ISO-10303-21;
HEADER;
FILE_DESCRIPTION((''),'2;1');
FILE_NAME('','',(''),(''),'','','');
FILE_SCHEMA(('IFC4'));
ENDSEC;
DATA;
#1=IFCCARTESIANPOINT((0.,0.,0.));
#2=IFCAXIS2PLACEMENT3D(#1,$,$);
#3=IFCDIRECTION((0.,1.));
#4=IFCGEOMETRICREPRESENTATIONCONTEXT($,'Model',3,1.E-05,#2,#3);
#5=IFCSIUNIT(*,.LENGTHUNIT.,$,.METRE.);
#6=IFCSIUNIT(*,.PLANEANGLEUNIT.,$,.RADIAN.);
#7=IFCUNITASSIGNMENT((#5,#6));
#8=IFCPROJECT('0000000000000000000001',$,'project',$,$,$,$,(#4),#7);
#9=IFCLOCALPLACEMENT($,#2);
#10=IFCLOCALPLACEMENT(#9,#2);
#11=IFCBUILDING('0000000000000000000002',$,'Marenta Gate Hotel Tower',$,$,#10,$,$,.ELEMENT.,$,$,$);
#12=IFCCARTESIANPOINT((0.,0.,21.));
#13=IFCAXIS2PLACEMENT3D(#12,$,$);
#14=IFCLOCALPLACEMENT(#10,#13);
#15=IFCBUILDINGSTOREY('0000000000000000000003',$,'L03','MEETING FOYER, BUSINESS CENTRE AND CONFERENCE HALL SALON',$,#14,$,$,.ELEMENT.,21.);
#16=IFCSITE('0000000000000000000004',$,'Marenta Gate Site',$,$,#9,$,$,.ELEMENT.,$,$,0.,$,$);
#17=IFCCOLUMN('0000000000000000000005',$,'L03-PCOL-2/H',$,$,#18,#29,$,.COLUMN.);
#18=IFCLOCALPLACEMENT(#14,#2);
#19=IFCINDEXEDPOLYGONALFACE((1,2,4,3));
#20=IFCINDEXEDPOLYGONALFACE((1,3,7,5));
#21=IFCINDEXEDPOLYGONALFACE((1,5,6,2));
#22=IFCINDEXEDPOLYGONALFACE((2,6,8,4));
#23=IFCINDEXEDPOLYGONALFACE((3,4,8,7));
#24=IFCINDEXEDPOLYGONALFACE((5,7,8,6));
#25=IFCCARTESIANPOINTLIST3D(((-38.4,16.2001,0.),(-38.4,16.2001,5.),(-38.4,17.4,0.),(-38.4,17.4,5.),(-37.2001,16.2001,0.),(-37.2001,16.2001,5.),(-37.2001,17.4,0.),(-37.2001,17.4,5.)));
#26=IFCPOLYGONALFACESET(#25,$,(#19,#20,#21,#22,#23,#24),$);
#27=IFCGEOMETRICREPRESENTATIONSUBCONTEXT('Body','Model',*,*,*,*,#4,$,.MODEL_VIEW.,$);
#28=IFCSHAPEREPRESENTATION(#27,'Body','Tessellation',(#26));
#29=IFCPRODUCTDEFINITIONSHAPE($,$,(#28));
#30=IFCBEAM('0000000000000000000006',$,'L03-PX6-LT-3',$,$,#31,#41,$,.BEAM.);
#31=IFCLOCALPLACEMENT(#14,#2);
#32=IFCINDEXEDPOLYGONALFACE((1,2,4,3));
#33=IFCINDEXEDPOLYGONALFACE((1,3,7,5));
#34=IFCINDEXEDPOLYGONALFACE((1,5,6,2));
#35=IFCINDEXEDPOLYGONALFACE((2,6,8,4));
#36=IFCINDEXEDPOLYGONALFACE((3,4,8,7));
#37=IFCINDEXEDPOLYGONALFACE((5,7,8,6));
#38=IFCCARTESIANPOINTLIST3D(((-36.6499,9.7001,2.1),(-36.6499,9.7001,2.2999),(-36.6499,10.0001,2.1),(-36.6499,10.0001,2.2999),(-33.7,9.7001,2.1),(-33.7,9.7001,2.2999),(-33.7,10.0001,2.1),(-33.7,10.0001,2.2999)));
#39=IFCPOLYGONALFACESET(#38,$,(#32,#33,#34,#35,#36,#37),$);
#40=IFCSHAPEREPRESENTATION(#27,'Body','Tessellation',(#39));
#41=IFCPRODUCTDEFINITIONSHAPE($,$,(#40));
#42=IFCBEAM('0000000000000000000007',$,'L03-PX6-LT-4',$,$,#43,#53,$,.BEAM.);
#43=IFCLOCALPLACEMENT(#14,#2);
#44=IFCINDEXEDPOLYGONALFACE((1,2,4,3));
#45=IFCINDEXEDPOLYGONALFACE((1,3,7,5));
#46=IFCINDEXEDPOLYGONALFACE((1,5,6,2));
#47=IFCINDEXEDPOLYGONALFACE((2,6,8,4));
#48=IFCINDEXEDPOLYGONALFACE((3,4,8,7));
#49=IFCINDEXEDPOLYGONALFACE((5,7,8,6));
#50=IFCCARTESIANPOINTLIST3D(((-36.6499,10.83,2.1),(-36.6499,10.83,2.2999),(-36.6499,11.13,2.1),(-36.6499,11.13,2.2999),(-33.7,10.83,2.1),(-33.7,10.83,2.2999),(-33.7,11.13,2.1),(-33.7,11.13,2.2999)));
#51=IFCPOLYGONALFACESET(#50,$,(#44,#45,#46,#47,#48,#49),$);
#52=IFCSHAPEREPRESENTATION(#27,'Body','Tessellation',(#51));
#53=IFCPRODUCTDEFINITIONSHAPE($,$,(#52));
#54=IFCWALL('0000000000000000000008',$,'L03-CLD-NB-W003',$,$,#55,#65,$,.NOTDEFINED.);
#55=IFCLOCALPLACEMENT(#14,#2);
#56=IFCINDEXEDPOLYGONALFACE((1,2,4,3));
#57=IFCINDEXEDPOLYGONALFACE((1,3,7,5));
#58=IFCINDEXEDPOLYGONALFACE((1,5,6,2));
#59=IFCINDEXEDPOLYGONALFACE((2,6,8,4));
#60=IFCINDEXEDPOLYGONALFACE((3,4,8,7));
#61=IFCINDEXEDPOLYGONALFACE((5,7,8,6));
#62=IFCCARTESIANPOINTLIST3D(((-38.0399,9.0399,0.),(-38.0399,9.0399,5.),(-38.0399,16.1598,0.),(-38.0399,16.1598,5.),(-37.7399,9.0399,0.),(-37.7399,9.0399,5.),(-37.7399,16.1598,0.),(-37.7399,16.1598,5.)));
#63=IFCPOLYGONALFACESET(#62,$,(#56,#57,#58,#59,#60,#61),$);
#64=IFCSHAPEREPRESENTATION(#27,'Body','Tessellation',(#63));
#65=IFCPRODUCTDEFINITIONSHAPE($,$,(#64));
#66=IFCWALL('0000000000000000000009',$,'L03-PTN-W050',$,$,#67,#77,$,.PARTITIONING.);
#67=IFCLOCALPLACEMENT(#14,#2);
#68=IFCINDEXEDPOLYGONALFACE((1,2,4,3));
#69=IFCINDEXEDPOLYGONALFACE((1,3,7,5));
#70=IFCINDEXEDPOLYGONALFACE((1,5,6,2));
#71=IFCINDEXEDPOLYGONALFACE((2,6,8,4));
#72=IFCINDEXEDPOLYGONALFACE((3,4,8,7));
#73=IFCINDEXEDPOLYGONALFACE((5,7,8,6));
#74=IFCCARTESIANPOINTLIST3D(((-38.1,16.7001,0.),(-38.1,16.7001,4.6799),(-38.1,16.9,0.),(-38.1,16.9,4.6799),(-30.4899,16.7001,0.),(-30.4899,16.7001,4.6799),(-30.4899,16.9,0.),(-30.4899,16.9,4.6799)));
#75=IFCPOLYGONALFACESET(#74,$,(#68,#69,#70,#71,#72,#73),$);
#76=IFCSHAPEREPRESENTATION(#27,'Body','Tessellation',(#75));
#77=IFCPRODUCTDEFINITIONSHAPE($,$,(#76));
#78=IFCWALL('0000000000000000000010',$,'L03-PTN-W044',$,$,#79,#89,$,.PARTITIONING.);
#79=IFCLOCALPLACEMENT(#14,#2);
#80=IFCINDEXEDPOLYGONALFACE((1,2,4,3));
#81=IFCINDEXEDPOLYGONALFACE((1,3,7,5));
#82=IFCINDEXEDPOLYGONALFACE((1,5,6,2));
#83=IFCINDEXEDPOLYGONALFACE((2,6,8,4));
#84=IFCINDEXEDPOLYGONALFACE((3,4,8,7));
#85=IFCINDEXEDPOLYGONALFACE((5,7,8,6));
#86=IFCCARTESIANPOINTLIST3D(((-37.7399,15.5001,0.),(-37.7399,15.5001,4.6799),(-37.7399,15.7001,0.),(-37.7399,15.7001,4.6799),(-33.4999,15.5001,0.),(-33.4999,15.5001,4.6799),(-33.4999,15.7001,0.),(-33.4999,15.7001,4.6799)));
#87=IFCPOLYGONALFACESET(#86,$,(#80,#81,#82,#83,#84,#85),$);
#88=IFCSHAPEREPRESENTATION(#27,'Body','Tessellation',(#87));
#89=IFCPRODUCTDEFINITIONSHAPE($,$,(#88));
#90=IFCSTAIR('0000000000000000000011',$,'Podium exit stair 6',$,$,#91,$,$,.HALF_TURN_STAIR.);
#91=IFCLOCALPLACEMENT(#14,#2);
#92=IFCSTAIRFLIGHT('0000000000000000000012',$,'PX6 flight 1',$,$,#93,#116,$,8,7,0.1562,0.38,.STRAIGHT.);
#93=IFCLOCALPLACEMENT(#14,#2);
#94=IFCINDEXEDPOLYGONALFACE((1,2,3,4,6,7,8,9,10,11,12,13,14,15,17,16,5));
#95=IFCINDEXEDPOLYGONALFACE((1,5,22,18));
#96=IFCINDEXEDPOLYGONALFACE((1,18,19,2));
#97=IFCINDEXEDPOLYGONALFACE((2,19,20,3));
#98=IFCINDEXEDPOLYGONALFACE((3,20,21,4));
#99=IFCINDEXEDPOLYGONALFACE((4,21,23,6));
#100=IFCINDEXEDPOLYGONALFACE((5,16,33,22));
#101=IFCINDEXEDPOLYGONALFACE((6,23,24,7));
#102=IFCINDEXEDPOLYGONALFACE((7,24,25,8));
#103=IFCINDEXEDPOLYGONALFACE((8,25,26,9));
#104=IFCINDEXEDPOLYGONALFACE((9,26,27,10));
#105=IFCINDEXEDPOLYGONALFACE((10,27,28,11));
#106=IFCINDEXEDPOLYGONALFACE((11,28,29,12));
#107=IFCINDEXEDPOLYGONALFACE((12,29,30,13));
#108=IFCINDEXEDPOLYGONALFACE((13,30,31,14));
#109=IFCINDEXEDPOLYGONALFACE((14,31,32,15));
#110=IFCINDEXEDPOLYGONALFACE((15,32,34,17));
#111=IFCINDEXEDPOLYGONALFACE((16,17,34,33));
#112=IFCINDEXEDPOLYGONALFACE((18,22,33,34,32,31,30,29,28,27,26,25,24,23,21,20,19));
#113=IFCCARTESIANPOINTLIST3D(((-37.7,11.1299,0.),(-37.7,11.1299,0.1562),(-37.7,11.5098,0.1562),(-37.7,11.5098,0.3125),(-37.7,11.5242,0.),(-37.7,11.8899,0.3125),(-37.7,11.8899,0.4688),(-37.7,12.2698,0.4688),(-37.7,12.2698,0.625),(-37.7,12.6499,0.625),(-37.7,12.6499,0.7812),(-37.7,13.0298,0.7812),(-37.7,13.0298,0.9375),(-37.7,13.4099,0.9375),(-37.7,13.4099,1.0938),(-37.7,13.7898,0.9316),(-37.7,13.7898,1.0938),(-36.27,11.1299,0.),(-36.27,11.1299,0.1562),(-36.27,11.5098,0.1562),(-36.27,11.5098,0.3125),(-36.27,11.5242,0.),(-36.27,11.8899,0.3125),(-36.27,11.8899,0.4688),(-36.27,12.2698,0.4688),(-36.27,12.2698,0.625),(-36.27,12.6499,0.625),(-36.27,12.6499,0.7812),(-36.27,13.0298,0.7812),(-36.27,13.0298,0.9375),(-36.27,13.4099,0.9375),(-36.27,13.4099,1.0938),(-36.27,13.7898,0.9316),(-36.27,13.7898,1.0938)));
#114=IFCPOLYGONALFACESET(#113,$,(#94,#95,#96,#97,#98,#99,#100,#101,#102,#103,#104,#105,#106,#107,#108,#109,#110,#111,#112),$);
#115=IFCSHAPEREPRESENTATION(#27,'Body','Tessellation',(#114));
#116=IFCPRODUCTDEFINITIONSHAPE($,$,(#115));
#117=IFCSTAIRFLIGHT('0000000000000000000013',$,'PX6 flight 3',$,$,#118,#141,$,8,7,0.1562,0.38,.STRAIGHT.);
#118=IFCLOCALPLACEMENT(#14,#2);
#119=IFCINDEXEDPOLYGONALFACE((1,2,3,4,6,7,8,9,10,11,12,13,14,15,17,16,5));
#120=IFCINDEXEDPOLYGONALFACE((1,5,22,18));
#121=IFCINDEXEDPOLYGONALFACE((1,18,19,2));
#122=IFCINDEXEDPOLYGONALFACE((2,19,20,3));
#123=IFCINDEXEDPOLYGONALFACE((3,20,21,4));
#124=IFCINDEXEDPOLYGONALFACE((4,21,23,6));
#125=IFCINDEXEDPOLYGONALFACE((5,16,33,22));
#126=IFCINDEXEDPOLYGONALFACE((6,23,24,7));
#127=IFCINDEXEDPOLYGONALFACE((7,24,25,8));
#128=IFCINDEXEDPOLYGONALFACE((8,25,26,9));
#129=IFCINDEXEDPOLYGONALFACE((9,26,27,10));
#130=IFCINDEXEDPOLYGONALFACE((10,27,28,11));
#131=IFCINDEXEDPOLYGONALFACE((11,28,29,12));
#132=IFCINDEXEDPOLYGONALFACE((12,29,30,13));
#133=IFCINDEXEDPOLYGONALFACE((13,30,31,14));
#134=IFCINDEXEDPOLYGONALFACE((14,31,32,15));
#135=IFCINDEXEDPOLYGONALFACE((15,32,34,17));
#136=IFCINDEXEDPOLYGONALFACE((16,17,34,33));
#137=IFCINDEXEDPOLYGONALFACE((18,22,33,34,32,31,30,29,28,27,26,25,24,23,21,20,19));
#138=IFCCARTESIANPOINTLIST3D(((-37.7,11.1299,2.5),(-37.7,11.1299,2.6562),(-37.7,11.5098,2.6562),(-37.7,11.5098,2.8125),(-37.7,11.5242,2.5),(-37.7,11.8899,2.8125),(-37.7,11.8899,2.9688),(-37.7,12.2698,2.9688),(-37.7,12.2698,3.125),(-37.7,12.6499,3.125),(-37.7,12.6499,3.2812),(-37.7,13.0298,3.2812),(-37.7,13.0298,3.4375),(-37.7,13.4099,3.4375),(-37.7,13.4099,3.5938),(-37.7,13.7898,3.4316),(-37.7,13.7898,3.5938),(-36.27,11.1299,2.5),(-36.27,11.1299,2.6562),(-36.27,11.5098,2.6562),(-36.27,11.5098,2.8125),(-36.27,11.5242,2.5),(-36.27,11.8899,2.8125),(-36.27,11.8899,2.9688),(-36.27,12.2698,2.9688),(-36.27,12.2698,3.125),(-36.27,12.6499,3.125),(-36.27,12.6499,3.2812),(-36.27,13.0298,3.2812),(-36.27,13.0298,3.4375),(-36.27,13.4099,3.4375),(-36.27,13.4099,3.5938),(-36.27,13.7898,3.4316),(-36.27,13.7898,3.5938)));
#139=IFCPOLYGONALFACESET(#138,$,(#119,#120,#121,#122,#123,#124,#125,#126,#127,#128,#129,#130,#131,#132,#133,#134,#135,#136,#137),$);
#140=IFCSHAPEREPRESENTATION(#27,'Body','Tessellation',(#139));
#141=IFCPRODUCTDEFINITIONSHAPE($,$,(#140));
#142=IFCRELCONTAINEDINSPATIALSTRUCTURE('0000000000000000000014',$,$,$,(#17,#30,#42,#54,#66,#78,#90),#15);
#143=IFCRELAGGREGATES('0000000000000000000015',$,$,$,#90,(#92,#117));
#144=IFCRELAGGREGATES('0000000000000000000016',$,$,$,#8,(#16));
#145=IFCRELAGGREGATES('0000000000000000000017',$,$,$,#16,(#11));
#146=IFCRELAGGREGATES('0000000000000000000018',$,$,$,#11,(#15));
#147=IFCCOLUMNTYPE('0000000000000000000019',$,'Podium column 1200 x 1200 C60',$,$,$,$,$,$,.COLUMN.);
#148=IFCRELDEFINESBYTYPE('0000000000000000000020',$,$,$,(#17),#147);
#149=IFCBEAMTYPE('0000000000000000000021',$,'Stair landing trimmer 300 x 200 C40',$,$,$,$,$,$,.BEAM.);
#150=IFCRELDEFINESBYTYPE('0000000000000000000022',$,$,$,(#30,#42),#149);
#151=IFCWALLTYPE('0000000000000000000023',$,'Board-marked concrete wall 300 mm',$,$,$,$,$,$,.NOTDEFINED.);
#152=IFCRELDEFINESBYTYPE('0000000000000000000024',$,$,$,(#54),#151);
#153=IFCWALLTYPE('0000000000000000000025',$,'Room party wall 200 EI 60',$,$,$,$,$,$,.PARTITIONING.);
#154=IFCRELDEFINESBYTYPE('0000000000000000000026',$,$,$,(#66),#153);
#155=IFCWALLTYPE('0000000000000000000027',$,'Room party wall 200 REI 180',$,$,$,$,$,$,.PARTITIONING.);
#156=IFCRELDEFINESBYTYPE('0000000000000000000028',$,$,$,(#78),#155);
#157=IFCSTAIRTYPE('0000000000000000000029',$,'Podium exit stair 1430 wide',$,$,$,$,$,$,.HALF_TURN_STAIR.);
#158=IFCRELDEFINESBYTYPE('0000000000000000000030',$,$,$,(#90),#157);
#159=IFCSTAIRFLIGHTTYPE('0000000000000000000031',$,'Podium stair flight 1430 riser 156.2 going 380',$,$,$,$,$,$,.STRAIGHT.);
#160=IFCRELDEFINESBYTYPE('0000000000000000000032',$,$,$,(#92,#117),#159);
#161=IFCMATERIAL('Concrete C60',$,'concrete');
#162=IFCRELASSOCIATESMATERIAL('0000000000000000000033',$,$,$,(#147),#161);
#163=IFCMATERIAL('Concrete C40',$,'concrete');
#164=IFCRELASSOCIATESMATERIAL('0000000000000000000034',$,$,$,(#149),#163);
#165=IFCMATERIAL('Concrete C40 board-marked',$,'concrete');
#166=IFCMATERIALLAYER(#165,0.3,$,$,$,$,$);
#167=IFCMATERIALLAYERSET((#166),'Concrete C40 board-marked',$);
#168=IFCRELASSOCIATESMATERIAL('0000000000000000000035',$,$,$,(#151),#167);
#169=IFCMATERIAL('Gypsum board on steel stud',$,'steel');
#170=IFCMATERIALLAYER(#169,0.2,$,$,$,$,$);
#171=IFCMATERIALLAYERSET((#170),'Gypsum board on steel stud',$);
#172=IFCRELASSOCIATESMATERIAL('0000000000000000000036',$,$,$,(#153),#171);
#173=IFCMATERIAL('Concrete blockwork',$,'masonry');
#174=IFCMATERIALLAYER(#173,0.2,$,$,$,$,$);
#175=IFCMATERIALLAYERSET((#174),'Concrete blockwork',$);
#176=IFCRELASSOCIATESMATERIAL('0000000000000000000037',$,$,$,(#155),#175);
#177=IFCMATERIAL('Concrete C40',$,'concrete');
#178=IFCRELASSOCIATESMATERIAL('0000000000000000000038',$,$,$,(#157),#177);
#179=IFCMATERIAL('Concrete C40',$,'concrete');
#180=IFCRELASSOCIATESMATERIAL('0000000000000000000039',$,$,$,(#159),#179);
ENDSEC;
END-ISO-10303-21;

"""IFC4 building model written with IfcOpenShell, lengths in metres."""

from ifc_helpers import new_model, si_unit, direction, frame, frame_2d, origin, origin_2d, place, context, subcontext, project, spatial, polyline, rectangle, outline, extrude, material, layer, layer_set, material_profile, profile_set, type_object, element, aggregate, save


model = new_model("IFC4")

# Units and contexts
model_context = context("Model", 3, precision=1e-05, world=origin(), true_north=direction((0.0, 1.0)))
body_context = subcontext(model_context, "Body", "Model", "MODEL_VIEW")
ifc_project = project(units=[si_unit("LENGTHUNIT", "METRE"), si_unit("PLANEANGLEUNIT", "RADIAN")], contexts=[model_context])

# Site, building, storey
site_placement = place(None, origin())
site = spatial("IfcSite", under=ifc_project, at=site_placement, Name="Marenta Gate Site", CompositionType="ELEMENT", RefElevation=0.0)
building_placement = place(site_placement, origin())
building = spatial("IfcBuilding", under=site, at=building_placement, Name="Marenta Gate Hotel Tower", CompositionType="ELEMENT")
storey_placement = place(building_placement, frame((0.0, 0.0, 21.0)))
storey = spatial("IfcBuildingStorey", under=building, at=storey_placement, Name="L03", Description="MEETING FOYER, BUSINESS CENTRE AND CONFERENCE HALL SALON", CompositionType="ELEMENT", Elevation=21.0)

# Column
ifc_material_1 = material(Name="Concrete C60", Category="concrete")
ifc_material_profile_1 = material_profile(ifc_material_1, rectangle(XDim=1.2, YDim=1.2, at=origin_2d()), Name="1200 x 1200")
ifc_profile_set_1 = profile_set([ifc_material_profile_1], Name="Concrete C60")
column_type = type_object("IfcColumnType", Name="Podium column 1200 x 1200 C60", PredefinedType="COLUMN", material=ifc_profile_set_1)
column_placement = place(storey_placement, frame((-37.8, 16.8, 0.0), z_axis=(0.0, 0.0, 1.0), x_axis=(1.0, 0.0, 0.0)))
element("IfcColumn", 1, at=column_placement, inside=storey, type_object=column_type, Name="L03-PCOL-2/H", PredefinedType="COLUMN", context=body_context, shape_type="SweptSolid", body=[
    extrude(rectangle(XDim=1.2, YDim=1.2, at=origin_2d()), origin(), (0.0, 0.0, 1.0), 5.0),
])

# Beams
ifc_material_2 = material(Name="Concrete C40", Category="concrete")
ifc_material_profile_2 = material_profile(ifc_material_2, rectangle(XDim=0.3, YDim=0.2, at=origin_2d()), Name="300 x 200")
ifc_profile_set_2 = profile_set([ifc_material_profile_2], Name="Concrete C40")
beam_type = type_object("IfcBeamType", Name="Stair landing trimmer 300 x 200 C40", PredefinedType="BEAM", material=ifc_profile_set_2)
for number, where, z_axis, x_axis, name in (
    (2, (-36.6499, 9.8501, 2.2), (1.0, 0.0, 0.0), (0.0, 1.0, 0.0), "L03-PX6-LT-3"),
    (3, (-36.6499, 10.98, 2.2), (1.0, 0.0, 0.0), (0.0, 1.0, 0.0), "L03-PX6-LT-4"),
):
    element("IfcBeam", number, at=place(storey_placement, frame(where, z_axis=z_axis, x_axis=x_axis)), inside=storey, type_object=beam_type, Name=name, PredefinedType="BEAM", context=body_context, shape_type="SweptSolid", body=[
        extrude(rectangle(XDim=0.3, YDim=0.2, at=origin_2d()), origin(), (0.0, 0.0, 1.0), 2.95),
    ])

# Wall
ifc_material_3 = material(Name="Concrete C40 board-marked", Category="concrete")
ifc_layer_1 = layer(ifc_material_3, 0.3)
ifc_layer_set_1 = layer_set([ifc_layer_1], Name="Concrete C40 board-marked")
wall_type_1 = type_object("IfcWallType", Name="Board-marked concrete wall 300 mm", PredefinedType="NOTDEFINED", material=ifc_layer_set_1)
wall_1_placement = place(storey_placement, frame((-37.8899, 16.1599, 0.0), z_axis=(0.0, 0.0, 1.0), x_axis=(0.0, -1.0, 0.0)))
element("IfcWall", 4, at=wall_1_placement, inside=storey, type_object=wall_type_1, Name="L03-CLD-NB-W003", PredefinedType="NOTDEFINED", context=body_context, shape_type="SweptSolid", body=[
    extrude(rectangle(XDim=7.1199, YDim=0.3, at=frame_2d((3.5601, 0.0))), origin(), (0.0, 0.0, 1.0), 5.0),
])

# Walls
ifc_material_4 = material(Name="Gypsum board on steel stud", Category="steel")
ifc_layer_2 = layer(ifc_material_4, 0.2)
ifc_layer_set_2 = layer_set([ifc_layer_2], Name="Gypsum board on steel stud")
wall_type_2 = type_object("IfcWallType", Name="Room party wall 200 EI 60", PredefinedType="PARTITIONING", material=ifc_layer_set_2)
wall_2_placement = place(storey_placement, frame((-38.1001, 16.8, 0.0), z_axis=(0.0, 0.0, 1.0), x_axis=(1.0, 0.0, 0.0)))
element("IfcWall", 5, at=wall_2_placement, inside=storey, type_object=wall_type_2, Name="L03-PTN-W050", PredefinedType="PARTITIONING", context=body_context, shape_type="SweptSolid", body=[
    extrude(rectangle(XDim=7.6101, YDim=0.2, at=frame_2d((3.8052, 0.0))), origin(), (0.0, 0.0, 1.0), 4.6799),
])
ifc_material_5 = material(Name="Concrete blockwork", Category="masonry")
ifc_layer_3 = layer(ifc_material_5, 0.2)
ifc_layer_set_3 = layer_set([ifc_layer_3], Name="Concrete blockwork")
wall_type_3 = type_object("IfcWallType", Name="Room party wall 200 REI 180", PredefinedType="PARTITIONING", material=ifc_layer_set_3)
wall_3_placement = place(storey_placement, frame((-37.74, 15.6001, 0.0), z_axis=(0.0, 0.0, 1.0), x_axis=(1.0, 0.0, 0.0)))
element("IfcWall", 6, at=wall_3_placement, inside=storey, type_object=wall_type_3, Name="L03-PTN-W044", PredefinedType="PARTITIONING", context=body_context, shape_type="SweptSolid", body=[
    extrude(rectangle(XDim=4.24, YDim=0.2, at=frame_2d((2.1201, 0.0))), origin(), (0.0, 0.0, 1.0), 4.6799),
])

# Stair, stair flights
ifc_material_6 = material(Name="Concrete C40", Category="concrete")
stair_type = type_object("IfcStairType", Name="Podium exit stair 1430 wide", PredefinedType="HALF_TURN_STAIR", material=ifc_material_6)
stair_placement = place(storey_placement, origin())
stair = element("IfcStair", 7, at=stair_placement, inside=storey, type_object=stair_type, Name="Podium exit stair 6", PredefinedType="HALF_TURN_STAIR")
ifc_material_7 = material(Name="Concrete C40", Category="concrete")
stair_flight_type = type_object("IfcStairFlightType", Name="Podium stair flight 1430 riser 156.2 going 380", PredefinedType="STRAIGHT", material=ifc_material_7)
stair_flight_1_placement = place(storey_placement, frame((-36.9851, 11.1299, 0.0), z_axis=(0.0, 0.0, 1.0), x_axis=(0.0, 1.0, 0.0)))
stair_flight_1 = element("IfcStairFlight", 8, at=stair_flight_1_placement, type_object=stair_flight_type, Name="PX6 flight 1", NumberOfRisers=8, NumberOfTreads=7, PredefinedType="STRAIGHT", RiserHeight=0.1562, TreadLength=0.38, context=body_context, shape_type="SweptSolid", body=[
    extrude(outline(polyline([(0.0, 0.0), (0.0, 0.1562), (0.3799, 0.1562), (0.3799, 0.3125), (0.76, 0.3125), (0.76, 0.4688), (1.1399, 0.4688), (1.1399, 0.625), (1.52, 0.625), (1.52, 0.7812), (1.8999, 0.7812), (1.8999, 0.9375), (2.28, 0.9375), (2.28, 1.0938), (2.6599, 1.0938), (2.6599, 1.25), (2.6599, 0.9316), (0.3943, 0.0), (0.0, 0.0)])), frame((0.0, 0.7148, 0.0), z_axis=(0.0, -1.0, 0.0), x_axis=(1.0, 0.0, 0.0)), (0.0, 0.0, 1.0), 1.4299),
])
stair_flight_2_placement = place(storey_placement, frame((-36.9851, 11.1299, 2.5), z_axis=(0.0, 0.0, 1.0), x_axis=(0.0, 1.0, 0.0)))
stair_flight_2 = element("IfcStairFlight", 9, at=stair_flight_2_placement, type_object=stair_flight_type, Name="PX6 flight 3", NumberOfRisers=8, NumberOfTreads=7, PredefinedType="STRAIGHT", RiserHeight=0.1562, TreadLength=0.38, context=body_context, shape_type="SweptSolid", body=[
    extrude(outline(polyline([(0.0, 0.0), (0.0, 0.1562), (0.3799, 0.1562), (0.3799, 0.3125), (0.76, 0.3125), (0.76, 0.4688), (1.1399, 0.4688), (1.1399, 0.625), (1.52, 0.625), (1.52, 0.7812), (1.8999, 0.7812), (1.8999, 0.9375), (2.28, 0.9375), (2.28, 1.0938), (2.6599, 1.0938), (2.6599, 1.25), (2.6599, 0.9316), (0.3943, 0.0), (0.0, 0.0)])), frame((0.0, 0.7148, 0.0), z_axis=(0.0, -1.0, 0.0), x_axis=(1.0, 0.0, 0.0)), (0.0, 0.0, 1.0), 1.4299),
])
aggregate(stair, [stair_flight_1, stair_flight_2])

save(model, "model.ifc")
